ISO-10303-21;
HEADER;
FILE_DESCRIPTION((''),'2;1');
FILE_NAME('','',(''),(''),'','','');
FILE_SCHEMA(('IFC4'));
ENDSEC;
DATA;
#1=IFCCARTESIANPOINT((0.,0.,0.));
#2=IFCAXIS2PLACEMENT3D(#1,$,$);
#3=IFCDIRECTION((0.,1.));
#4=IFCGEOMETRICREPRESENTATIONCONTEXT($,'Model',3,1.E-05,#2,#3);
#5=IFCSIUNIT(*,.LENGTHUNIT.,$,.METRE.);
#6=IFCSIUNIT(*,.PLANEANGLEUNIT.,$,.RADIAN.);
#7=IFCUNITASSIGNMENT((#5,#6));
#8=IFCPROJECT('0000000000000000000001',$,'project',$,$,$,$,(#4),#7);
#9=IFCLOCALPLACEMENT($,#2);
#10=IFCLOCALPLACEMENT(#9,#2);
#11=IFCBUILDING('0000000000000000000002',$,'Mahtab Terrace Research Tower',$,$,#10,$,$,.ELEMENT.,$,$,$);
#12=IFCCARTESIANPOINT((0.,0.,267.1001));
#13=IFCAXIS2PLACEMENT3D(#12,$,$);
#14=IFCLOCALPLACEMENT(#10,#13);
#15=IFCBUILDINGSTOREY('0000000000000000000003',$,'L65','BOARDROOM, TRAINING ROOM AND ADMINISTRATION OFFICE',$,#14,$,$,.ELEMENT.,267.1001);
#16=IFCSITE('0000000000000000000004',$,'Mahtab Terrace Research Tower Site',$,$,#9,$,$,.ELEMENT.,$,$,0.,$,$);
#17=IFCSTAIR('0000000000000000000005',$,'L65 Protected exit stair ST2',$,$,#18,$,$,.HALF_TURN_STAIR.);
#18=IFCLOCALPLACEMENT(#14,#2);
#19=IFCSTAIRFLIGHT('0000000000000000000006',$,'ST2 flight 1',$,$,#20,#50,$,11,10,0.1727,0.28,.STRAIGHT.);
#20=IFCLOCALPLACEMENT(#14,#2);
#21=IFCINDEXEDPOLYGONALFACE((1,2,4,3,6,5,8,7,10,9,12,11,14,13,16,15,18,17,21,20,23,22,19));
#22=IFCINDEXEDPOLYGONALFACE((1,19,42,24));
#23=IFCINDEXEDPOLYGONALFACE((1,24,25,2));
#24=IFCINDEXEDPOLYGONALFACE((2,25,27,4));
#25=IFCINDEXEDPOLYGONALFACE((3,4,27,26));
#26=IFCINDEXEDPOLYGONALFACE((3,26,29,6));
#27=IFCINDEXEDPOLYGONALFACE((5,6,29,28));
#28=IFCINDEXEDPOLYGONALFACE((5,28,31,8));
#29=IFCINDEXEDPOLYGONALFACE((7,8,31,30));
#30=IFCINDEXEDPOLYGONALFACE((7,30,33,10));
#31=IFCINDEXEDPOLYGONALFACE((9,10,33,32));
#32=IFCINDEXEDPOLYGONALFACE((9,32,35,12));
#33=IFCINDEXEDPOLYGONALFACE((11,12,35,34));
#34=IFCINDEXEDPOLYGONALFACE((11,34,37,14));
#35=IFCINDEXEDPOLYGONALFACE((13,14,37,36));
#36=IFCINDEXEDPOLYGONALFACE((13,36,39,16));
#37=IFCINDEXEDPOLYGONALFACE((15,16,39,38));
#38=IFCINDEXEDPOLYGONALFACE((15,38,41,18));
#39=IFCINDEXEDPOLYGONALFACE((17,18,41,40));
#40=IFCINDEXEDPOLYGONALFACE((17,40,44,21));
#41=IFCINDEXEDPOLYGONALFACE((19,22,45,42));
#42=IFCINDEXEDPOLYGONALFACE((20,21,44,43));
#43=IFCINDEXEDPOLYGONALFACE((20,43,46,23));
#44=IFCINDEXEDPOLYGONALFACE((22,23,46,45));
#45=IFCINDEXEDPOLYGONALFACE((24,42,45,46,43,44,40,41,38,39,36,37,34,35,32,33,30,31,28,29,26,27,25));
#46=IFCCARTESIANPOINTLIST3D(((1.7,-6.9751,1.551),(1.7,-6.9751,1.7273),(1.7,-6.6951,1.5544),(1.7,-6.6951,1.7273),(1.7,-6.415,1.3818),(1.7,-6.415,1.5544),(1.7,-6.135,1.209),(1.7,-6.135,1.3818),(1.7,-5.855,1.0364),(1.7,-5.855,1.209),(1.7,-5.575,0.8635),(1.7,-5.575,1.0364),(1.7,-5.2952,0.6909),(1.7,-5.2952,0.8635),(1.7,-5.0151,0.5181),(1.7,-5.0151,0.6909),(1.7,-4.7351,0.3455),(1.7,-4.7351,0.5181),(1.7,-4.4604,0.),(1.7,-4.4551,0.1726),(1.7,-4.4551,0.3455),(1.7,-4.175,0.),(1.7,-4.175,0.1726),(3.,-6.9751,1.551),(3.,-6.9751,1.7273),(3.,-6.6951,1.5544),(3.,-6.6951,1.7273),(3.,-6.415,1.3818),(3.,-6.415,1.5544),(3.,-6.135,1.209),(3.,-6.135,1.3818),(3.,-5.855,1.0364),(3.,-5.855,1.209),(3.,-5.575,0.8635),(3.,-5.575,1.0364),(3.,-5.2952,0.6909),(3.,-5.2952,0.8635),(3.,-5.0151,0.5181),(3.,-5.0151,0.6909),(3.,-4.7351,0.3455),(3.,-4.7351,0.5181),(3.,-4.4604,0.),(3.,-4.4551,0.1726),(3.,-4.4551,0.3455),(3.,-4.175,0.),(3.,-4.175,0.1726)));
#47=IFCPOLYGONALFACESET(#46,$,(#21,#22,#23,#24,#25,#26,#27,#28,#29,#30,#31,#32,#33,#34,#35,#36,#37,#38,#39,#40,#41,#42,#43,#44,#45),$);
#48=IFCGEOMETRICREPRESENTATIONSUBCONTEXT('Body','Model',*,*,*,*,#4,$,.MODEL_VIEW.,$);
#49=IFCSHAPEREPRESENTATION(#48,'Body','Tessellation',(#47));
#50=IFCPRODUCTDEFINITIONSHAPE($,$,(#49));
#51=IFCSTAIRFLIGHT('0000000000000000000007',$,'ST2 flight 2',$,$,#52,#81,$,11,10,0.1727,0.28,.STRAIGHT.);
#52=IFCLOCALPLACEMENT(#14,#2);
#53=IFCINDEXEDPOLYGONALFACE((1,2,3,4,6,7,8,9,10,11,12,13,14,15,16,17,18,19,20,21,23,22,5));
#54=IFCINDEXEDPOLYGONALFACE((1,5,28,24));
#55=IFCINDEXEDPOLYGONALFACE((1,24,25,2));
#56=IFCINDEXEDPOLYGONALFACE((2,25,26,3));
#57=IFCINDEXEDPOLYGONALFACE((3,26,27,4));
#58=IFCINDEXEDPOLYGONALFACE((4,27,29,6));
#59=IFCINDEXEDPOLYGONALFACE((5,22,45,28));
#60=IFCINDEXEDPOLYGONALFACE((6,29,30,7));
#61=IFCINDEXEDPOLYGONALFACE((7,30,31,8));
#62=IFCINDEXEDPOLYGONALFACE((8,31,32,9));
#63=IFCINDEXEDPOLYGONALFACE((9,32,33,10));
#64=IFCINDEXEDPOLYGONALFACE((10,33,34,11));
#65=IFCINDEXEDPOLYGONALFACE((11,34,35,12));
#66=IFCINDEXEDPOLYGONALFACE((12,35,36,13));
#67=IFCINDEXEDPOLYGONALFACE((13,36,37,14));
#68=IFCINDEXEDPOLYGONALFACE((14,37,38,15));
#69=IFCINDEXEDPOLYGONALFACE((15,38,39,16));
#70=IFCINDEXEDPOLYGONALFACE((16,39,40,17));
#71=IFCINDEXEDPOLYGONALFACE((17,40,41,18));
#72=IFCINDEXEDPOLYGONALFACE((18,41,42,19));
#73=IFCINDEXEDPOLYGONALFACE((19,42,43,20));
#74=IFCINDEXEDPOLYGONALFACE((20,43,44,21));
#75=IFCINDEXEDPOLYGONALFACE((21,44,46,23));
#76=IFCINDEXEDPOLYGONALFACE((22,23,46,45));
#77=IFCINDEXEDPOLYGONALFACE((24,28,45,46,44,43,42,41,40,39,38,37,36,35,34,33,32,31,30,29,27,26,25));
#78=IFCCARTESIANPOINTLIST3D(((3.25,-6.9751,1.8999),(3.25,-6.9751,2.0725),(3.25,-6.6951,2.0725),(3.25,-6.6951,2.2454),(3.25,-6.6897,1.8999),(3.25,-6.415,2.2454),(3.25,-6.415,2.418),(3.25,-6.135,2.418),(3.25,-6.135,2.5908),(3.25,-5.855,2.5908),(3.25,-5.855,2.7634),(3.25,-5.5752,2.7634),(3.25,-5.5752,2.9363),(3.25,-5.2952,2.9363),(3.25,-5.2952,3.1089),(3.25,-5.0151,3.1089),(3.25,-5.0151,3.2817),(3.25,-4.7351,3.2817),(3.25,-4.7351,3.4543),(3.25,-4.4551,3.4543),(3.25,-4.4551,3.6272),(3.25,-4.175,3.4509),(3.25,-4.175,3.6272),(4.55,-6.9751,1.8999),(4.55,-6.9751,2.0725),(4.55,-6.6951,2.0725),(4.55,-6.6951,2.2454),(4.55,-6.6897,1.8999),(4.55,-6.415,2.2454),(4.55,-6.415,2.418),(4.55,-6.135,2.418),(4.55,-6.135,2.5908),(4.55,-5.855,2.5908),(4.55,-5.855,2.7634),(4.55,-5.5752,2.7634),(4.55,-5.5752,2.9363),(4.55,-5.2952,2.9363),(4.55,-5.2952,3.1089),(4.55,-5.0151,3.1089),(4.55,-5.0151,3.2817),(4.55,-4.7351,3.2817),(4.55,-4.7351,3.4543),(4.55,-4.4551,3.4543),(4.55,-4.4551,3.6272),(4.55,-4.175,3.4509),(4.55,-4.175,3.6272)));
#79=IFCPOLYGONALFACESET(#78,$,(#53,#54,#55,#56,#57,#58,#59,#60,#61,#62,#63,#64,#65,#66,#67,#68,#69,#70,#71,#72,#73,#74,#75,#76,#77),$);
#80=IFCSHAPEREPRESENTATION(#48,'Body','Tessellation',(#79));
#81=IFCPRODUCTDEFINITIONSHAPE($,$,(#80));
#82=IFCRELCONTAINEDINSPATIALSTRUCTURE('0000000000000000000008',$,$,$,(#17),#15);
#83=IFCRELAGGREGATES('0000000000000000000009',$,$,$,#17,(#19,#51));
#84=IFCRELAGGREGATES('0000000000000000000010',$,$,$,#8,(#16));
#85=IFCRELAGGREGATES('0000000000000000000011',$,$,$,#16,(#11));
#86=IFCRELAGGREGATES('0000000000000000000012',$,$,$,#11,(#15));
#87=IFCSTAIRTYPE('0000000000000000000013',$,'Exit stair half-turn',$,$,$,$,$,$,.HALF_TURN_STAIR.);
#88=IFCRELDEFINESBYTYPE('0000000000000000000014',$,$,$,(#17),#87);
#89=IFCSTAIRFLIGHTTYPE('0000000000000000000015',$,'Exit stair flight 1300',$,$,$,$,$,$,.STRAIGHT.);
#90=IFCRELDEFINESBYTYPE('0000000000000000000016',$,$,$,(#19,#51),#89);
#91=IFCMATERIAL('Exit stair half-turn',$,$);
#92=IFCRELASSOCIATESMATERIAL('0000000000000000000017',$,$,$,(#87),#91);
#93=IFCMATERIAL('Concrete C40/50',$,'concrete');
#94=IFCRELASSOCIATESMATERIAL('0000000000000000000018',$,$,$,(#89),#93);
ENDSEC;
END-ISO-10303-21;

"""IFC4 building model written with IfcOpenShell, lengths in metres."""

from ifc_helpers import new_model, si_unit, direction, frame, origin, place, context, subcontext, project, spatial, polyline, outline, extrude, material, type_object, element, aggregate, save


model = new_model("IFC4")

# Units and contexts
model_context = context("Model", 3, precision=1e-05, world=origin(), true_north=direction((0.0, 1.0)))
body_context = subcontext(model_context, "Body", "Model", "MODEL_VIEW")
ifc_project = project(units=[si_unit("LENGTHUNIT", "METRE"), si_unit("PLANEANGLEUNIT", "RADIAN")], contexts=[model_context])

# Site, building, storey
site_placement = place(None, origin())
site = spatial("IfcSite", under=ifc_project, at=site_placement, Name="Mahtab Terrace Research Tower Site", CompositionType="ELEMENT", RefElevation=0.0)
building_placement = place(site_placement, origin())
building = spatial("IfcBuilding", under=site, at=building_placement, Name="Mahtab Terrace Research Tower", CompositionType="ELEMENT")
storey_placement = place(building_placement, frame((0.0, 0.0, 267.1001)))
storey = spatial("IfcBuildingStorey", under=building, at=storey_placement, Name="L65", Description="BOARDROOM, TRAINING ROOM AND ADMINISTRATION OFFICE", CompositionType="ELEMENT", Elevation=267.1001)

# Stair
ifc_material_1 = material(Name="Exit stair half-turn")
stair_type = type_object("IfcStairType", Name="Exit stair half-turn", PredefinedType="HALF_TURN_STAIR", material=ifc_material_1)
ifc_material_2 = material(Name="Concrete C40/50", Category="concrete")
stair_1_placement = place(storey_placement, origin())
stair_1 = element("IfcStair", 1, at=stair_1_placement, inside=storey, type_object=stair_type, Name="L65 Protected exit stair ST2", PredefinedType="HALF_TURN_STAIR")

# Stair flights
stair_flight_type = type_object("IfcStairFlightType", Name="Exit stair flight 1300", PredefinedType="STRAIGHT", material=ifc_material_2)
stair_flight_1_placement = place(storey_placement, frame((2.3501, -4.175, 0.0), z_axis=(0.0, 0.0, 1.0), x_axis=(0.0, -1.0, 0.0)))
stair_flight_1 = element("IfcStairFlight", 2, at=stair_flight_1_placement, type_object=stair_flight_type, Name="ST2 flight 1", NumberOfRisers=11, NumberOfTreads=10, PredefinedType="STRAIGHT", RiserHeight=0.1727, TreadLength=0.28, context=body_context, shape_type="SweptSolid", body=[
    extrude(outline(polyline([(0.0, 0.0), (0.0, 0.1726), (0.28, 0.1726), (0.28, 0.3455), (0.5601, 0.3455), (0.5601, 0.5181), (0.8401, 0.5181), (0.8401, 0.6909), (1.1201, 0.6909), (1.1201, 0.8635), (1.3999, 0.8635), (1.3999, 1.0364), (1.6799, 1.0364), (1.6799, 1.209), (1.96, 1.209), (1.96, 1.3818), (2.24, 1.3818), (2.24, 1.5544), (2.52, 1.5544), (2.52, 1.7273), (2.8, 1.7273), (2.8, 1.8999), (2.8, 1.551), (0.2854, 0.0), (0.0, 0.0)])), frame((0.0, 0.6499, 0.0), z_axis=(0.0, -1.0, 0.0), x_axis=(1.0, 0.0, 0.0)), (0.0, 0.0, 1.0), 1.3),
])
stair_flight_2_placement = place(storey_placement, frame((3.8999, -6.9751, 1.8999), z_axis=(0.0, 0.0, 1.0), x_axis=(0.0, 1.0, 0.0)))
stair_flight_2 = element("IfcStairFlight", 3, at=stair_flight_2_placement, type_object=stair_flight_type, Name="ST2 flight 2", NumberOfRisers=11, NumberOfTreads=10, PredefinedType="STRAIGHT", RiserHeight=0.1727, TreadLength=0.28, context=body_context, shape_type="SweptSolid", body=[
    extrude(outline(polyline([(0.0, 0.0), (0.0, 0.1726), (0.28, 0.1726), (0.28, 0.3455), (0.5601, 0.3455), (0.5601, 0.5181), (0.8401, 0.5181), (0.8401, 0.6909), (1.1201, 0.6909), (1.1201, 0.8635), (1.3999, 0.8635), (1.3999, 1.0364), (1.6799, 1.0364), (1.6799, 1.209), (1.96, 1.209), (1.96, 1.3818), (2.24, 1.3818), (2.24, 1.5544), (2.52, 1.5544), (2.52, 1.7273), (2.8, 1.7273), (2.8, 1.8999), (2.8, 1.551), (0.2854, 0.0), (0.0, 0.0)])), frame((0.0, 0.6499, 0.0), z_axis=(0.0, -1.0, 0.0), x_axis=(1.0, 0.0, 0.0)), (0.0, 0.0, 1.0), 1.3),
])
aggregate(stair_1, [stair_flight_1, stair_flight_2])

save(model, "model.ifc")
